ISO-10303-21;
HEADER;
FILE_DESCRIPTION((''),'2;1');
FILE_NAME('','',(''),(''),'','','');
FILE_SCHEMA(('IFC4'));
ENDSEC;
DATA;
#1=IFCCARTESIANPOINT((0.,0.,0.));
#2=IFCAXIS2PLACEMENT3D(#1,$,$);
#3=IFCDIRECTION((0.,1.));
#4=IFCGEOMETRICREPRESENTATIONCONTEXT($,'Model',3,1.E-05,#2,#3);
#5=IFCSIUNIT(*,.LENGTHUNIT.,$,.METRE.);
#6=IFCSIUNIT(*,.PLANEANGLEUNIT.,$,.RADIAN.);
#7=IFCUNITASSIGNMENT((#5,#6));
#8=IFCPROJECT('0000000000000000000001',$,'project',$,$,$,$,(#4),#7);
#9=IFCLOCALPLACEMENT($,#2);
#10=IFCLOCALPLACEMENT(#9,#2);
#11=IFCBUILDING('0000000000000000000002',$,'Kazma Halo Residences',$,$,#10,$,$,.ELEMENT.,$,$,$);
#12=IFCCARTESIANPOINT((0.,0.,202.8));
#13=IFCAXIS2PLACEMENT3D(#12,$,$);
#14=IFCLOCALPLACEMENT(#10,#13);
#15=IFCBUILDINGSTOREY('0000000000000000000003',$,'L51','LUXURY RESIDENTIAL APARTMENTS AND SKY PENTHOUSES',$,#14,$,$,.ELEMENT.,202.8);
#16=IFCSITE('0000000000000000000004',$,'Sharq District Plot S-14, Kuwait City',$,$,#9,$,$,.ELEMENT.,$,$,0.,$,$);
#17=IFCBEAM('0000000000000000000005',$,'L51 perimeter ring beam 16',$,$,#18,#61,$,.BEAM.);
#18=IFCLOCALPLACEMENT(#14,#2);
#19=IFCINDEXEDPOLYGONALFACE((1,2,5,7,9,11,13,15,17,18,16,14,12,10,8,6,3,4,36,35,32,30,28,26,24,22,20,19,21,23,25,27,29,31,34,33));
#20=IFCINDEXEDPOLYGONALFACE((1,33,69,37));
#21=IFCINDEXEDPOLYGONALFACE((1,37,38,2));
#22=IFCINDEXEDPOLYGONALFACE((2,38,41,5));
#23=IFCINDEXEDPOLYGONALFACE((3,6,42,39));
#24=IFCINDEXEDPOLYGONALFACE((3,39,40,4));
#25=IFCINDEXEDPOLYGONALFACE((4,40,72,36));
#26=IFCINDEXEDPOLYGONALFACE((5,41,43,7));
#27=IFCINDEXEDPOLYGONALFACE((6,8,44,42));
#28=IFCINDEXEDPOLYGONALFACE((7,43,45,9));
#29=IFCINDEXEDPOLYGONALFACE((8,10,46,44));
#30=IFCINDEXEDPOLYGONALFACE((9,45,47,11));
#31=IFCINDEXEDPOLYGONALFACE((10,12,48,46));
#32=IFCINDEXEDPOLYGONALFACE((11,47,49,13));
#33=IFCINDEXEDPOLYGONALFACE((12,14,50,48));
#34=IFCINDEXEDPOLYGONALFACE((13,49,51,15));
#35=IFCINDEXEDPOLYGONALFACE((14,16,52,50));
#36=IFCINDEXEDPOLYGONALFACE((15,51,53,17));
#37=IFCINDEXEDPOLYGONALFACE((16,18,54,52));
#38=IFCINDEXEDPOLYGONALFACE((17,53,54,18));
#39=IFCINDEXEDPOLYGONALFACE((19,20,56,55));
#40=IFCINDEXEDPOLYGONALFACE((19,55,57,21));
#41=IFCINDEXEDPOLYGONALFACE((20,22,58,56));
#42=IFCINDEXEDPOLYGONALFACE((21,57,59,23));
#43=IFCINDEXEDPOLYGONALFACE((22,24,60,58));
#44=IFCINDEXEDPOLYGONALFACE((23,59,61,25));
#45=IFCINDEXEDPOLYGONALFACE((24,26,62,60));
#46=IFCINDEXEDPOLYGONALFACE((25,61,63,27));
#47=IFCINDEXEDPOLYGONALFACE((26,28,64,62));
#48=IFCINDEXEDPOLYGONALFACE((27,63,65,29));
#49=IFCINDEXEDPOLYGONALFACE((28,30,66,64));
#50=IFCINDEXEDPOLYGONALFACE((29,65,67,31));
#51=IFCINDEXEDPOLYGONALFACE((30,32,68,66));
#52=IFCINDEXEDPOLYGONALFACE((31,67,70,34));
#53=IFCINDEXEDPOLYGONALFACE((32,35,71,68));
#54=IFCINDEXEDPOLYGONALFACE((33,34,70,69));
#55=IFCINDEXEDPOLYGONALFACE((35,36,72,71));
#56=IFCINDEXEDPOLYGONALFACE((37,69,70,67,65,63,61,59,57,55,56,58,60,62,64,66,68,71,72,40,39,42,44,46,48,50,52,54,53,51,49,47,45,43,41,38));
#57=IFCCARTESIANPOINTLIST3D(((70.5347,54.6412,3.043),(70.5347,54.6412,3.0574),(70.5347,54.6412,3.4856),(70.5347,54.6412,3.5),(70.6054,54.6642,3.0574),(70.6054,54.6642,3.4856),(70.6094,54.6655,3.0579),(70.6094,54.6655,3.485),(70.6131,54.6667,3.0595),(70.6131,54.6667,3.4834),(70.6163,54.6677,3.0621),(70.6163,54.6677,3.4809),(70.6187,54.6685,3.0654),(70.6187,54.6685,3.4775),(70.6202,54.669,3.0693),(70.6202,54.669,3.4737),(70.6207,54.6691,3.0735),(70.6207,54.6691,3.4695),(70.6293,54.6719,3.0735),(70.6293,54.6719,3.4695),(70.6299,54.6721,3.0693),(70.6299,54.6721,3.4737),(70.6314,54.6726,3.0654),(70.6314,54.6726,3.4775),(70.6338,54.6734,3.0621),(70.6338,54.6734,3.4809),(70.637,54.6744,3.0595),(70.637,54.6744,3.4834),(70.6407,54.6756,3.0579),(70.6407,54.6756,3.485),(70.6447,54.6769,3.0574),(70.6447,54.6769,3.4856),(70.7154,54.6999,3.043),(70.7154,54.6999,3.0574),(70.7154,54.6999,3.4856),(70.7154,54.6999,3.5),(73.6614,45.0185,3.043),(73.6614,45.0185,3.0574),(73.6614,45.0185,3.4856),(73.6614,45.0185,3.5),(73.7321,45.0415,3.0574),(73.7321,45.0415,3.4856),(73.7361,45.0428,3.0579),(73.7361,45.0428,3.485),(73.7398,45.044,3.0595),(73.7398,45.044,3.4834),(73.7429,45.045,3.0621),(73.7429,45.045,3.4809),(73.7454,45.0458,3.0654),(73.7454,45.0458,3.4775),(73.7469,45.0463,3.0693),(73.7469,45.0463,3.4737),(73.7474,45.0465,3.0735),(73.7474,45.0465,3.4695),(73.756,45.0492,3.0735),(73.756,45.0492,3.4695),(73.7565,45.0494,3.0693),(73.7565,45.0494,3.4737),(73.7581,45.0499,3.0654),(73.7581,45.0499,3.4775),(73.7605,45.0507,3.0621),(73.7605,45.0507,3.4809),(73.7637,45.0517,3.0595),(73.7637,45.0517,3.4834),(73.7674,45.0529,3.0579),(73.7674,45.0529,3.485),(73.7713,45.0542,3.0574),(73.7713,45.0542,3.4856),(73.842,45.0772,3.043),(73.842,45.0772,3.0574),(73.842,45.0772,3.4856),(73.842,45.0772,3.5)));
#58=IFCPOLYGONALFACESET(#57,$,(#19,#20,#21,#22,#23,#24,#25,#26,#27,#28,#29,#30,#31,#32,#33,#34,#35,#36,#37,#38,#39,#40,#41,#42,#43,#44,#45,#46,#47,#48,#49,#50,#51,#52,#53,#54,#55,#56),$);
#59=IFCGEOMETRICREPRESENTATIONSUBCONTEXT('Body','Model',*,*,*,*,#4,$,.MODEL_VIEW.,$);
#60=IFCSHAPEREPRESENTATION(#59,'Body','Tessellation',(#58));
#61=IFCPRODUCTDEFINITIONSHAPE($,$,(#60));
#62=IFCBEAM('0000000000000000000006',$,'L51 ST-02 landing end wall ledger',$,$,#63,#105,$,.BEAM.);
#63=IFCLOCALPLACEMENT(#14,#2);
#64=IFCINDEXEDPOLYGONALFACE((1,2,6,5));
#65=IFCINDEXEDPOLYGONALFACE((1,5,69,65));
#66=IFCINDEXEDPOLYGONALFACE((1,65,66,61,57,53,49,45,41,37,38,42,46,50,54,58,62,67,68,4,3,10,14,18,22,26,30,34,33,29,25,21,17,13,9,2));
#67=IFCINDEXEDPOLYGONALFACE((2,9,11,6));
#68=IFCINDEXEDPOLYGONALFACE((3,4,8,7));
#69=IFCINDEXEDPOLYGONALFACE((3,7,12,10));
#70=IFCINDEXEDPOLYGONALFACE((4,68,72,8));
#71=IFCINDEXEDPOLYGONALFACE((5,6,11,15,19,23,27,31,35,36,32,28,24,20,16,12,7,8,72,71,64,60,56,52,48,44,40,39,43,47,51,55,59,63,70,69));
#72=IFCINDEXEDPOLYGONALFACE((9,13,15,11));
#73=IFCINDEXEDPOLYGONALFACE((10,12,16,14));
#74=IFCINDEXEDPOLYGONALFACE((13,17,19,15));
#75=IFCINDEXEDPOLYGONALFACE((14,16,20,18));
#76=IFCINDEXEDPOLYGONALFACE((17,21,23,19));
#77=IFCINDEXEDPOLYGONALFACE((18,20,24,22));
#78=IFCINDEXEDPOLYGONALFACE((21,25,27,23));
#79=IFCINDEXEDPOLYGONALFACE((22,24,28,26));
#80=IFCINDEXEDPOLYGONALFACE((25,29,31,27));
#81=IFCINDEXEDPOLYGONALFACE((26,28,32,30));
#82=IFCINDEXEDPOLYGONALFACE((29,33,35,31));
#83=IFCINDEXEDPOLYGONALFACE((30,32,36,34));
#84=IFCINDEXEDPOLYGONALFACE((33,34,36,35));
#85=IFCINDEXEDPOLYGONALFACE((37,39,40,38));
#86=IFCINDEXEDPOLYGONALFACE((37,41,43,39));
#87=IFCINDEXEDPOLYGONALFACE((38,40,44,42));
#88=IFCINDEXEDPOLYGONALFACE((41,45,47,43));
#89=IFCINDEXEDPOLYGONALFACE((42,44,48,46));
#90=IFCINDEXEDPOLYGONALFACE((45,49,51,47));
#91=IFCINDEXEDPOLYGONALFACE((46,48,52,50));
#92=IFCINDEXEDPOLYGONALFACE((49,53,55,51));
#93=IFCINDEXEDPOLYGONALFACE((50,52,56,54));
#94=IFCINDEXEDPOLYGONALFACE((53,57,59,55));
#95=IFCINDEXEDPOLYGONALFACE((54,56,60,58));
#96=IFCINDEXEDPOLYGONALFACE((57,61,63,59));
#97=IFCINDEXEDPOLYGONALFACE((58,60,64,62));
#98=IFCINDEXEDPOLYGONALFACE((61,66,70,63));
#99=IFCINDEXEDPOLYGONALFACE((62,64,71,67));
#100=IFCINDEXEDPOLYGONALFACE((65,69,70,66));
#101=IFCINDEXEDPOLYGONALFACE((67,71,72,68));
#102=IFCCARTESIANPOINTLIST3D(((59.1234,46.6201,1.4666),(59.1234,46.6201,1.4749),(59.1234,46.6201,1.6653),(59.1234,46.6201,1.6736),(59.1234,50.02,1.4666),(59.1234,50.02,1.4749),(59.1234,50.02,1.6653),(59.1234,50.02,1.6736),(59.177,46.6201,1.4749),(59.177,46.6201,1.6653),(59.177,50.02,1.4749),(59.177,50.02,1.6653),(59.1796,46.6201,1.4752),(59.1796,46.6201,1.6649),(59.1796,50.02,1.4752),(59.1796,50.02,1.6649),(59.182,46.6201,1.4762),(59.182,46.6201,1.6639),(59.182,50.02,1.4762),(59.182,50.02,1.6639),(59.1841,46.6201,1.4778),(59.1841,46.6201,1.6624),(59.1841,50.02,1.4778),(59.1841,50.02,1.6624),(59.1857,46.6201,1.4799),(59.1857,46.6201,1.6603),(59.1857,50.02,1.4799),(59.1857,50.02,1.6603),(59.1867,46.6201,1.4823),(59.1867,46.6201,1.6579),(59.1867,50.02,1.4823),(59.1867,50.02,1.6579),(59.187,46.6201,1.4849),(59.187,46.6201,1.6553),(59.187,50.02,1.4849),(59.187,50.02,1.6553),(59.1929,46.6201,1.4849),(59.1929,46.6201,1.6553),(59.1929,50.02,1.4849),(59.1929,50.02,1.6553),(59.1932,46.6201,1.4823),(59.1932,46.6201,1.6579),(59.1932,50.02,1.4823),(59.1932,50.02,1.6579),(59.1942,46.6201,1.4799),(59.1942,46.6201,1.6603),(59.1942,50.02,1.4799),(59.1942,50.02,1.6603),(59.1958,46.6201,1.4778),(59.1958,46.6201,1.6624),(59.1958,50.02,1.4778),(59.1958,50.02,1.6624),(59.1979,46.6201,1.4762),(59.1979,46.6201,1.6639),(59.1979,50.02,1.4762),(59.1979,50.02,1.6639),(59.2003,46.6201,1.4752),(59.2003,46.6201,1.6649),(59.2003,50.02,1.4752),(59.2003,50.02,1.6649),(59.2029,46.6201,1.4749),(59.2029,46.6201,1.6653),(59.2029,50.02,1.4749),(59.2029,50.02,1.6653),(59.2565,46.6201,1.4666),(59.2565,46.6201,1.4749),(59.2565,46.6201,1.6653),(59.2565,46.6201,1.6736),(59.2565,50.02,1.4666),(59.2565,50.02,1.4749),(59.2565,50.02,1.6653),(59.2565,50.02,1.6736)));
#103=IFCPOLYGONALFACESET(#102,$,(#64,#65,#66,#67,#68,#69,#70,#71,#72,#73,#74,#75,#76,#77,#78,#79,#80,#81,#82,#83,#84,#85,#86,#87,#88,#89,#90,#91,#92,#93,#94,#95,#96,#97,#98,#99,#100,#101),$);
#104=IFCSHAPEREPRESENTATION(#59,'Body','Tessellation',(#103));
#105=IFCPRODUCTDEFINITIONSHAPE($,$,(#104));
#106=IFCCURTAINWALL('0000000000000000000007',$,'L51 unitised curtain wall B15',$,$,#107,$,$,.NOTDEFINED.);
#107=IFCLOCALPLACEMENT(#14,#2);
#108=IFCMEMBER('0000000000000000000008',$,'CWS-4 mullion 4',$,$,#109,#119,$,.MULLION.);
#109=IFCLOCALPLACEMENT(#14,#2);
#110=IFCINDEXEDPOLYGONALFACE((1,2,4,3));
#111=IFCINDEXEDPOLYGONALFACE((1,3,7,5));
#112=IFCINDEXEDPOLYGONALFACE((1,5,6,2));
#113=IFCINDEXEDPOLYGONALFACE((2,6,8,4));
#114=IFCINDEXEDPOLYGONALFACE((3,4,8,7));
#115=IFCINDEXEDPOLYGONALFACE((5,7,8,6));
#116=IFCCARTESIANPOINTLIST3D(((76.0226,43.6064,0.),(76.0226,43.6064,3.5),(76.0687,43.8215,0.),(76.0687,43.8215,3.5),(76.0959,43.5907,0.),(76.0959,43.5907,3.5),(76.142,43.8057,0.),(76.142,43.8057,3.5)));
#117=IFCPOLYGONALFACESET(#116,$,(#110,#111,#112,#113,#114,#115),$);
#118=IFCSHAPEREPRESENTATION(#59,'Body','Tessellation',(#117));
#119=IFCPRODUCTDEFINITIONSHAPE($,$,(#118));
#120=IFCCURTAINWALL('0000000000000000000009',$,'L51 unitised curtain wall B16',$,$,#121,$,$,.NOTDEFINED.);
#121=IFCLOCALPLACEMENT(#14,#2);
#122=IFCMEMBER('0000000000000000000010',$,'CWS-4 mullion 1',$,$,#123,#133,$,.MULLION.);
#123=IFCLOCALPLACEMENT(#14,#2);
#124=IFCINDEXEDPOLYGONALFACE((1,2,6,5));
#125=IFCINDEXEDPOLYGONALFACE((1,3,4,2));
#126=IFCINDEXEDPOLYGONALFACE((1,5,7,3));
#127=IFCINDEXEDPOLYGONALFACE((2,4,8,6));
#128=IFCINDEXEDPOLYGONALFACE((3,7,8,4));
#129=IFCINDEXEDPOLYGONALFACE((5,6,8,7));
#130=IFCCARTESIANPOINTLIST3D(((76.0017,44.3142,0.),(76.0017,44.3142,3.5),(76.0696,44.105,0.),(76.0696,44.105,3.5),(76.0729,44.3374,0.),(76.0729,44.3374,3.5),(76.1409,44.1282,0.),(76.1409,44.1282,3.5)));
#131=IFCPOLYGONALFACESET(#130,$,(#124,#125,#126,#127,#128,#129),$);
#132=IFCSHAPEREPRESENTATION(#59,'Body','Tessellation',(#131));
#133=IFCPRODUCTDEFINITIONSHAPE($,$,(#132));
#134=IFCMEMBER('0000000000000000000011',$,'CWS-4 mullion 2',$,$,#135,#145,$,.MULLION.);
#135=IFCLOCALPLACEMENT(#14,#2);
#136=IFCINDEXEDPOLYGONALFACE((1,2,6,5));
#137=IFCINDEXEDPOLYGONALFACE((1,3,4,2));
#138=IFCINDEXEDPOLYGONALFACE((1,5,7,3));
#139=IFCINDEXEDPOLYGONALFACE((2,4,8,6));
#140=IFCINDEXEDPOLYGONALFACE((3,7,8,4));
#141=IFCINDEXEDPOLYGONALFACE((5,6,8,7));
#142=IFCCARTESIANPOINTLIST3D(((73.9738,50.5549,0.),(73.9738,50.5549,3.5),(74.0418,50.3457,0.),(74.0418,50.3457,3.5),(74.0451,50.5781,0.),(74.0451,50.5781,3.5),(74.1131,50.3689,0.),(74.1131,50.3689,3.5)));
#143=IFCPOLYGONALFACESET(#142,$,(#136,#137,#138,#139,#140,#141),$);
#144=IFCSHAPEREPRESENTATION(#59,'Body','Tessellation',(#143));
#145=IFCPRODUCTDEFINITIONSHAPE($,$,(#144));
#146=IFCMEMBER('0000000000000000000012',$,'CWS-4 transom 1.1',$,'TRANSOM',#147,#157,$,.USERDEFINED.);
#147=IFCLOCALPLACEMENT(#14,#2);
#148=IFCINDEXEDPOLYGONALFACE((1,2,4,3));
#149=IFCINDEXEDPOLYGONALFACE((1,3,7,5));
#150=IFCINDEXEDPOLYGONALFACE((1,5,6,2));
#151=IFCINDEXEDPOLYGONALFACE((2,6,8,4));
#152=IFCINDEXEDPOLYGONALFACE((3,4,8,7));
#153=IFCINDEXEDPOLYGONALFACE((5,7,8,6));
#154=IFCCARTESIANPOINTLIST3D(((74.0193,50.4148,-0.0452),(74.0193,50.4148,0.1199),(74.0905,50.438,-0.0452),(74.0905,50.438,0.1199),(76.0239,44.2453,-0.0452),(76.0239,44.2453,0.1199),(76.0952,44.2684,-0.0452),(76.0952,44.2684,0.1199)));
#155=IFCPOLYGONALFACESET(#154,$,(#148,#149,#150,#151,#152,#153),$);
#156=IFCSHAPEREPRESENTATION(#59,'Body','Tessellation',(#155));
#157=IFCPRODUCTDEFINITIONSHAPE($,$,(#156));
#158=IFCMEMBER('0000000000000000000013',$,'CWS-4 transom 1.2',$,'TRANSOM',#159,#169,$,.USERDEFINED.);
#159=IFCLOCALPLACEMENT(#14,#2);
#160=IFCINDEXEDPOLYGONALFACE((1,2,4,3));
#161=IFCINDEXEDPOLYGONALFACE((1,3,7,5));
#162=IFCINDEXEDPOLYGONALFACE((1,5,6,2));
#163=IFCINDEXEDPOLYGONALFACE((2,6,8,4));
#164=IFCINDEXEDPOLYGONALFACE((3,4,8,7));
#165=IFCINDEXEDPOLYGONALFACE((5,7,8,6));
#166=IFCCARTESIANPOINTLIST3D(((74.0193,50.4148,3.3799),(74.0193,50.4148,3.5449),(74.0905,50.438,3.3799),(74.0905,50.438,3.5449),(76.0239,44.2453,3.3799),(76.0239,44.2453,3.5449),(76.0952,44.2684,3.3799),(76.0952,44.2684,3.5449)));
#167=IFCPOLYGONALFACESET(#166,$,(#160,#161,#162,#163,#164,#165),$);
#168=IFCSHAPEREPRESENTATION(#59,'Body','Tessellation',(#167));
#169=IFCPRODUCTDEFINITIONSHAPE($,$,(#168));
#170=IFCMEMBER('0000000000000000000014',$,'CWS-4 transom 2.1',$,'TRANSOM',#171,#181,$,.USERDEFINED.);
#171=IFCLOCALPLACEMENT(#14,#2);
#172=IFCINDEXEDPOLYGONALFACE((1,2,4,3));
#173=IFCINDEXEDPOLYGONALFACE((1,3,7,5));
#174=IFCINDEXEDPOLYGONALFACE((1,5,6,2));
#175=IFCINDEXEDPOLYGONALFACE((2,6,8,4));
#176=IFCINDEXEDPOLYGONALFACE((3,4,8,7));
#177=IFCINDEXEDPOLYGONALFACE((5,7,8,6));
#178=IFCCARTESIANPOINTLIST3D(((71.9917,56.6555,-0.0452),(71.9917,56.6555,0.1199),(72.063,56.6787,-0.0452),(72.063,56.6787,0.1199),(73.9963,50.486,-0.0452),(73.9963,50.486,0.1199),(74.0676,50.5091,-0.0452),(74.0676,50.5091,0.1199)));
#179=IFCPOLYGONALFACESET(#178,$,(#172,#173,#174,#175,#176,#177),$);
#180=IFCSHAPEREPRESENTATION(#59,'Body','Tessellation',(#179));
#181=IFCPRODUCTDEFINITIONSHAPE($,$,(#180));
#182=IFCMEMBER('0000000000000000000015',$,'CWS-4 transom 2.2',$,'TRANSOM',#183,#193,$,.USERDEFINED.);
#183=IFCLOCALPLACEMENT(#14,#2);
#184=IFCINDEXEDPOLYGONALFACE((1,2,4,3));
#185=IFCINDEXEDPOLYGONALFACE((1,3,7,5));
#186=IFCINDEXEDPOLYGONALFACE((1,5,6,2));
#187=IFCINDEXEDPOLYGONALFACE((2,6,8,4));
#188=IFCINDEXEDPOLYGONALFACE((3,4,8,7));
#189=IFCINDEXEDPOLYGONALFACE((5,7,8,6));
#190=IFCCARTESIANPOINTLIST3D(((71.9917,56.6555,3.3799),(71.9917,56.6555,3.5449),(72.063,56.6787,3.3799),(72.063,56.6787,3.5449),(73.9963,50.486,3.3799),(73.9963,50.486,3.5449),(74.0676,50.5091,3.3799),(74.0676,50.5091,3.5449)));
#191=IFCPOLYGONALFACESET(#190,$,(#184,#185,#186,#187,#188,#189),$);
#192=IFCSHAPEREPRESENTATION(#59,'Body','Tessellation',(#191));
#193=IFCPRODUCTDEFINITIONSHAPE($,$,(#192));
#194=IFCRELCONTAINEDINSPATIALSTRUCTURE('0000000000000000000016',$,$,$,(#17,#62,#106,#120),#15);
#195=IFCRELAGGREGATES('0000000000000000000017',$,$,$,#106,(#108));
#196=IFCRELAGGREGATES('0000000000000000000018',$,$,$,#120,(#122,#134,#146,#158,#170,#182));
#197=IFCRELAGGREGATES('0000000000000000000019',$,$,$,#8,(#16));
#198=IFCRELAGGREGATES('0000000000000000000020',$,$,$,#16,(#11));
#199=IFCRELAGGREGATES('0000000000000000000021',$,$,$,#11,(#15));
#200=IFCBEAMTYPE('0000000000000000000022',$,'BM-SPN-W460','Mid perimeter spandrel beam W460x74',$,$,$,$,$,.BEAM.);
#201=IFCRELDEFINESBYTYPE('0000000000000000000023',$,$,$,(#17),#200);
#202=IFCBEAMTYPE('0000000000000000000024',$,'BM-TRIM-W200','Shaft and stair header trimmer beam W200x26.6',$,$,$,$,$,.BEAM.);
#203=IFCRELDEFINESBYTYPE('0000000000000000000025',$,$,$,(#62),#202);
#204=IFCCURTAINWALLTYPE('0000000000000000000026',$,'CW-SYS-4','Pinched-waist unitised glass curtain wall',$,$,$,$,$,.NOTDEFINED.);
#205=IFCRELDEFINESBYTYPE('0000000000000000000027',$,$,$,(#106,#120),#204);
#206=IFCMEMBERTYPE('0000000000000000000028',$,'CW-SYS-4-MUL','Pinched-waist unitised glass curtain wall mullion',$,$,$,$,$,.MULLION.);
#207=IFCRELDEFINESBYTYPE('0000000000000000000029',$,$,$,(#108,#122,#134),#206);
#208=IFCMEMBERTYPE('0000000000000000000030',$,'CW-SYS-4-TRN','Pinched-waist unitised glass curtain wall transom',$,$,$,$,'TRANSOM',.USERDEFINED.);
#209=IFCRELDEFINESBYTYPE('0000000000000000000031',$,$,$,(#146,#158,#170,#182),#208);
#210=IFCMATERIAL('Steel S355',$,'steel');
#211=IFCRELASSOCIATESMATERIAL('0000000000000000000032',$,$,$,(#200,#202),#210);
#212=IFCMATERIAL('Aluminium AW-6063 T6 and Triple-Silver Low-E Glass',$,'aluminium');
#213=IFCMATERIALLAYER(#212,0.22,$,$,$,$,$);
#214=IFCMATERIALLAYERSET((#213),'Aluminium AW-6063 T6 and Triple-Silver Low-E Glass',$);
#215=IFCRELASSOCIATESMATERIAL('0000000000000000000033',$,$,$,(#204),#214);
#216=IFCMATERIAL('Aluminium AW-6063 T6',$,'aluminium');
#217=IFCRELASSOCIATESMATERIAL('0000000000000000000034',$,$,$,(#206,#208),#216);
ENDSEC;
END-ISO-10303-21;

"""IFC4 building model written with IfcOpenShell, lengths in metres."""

from ifc_helpers import new_model, si_unit, direction, frame, origin, origin_2d, place, context, subcontext, project, spatial, rectangle, i_section, extrude, material, layer, layer_set, material_profile, profile_set, type_object, element, aggregate, save


model = new_model("IFC4")

# Units and contexts
model_context = context("Model", 3, precision=1e-05, world=origin(), true_north=direction((0.0, 1.0)))
body_context = subcontext(model_context, "Body", "Model", "MODEL_VIEW")
ifc_project = project(units=[si_unit("LENGTHUNIT", "METRE"), si_unit("PLANEANGLEUNIT", "RADIAN")], contexts=[model_context])

# Site, building, storey
site_placement = place(None, origin())
site = spatial("IfcSite", under=ifc_project, at=site_placement, Name="Sharq District Plot S-14, Kuwait City", CompositionType="ELEMENT", RefElevation=0.0)
building_placement = place(site_placement, origin())
building = spatial("IfcBuilding", under=site, at=building_placement, Name="Kazma Halo Residences", CompositionType="ELEMENT")
storey_placement = place(building_placement, frame((0.0, 0.0, 202.8)))
storey = spatial("IfcBuildingStorey", under=building, at=storey_placement, Name="L51", Description="LUXURY RESIDENTIAL APARTMENTS AND SKY PENTHOUSES", CompositionType="ELEMENT", Elevation=202.8)

# Beams
ifc_material_1 = material(Name="Steel S355", Category="steel")
ifc_material_profile_1 = material_profile(ifc_material_1, i_section(OverallWidth=0.1899, OverallDepth=0.457, WebThickness=0.009, FlangeThickness=0.0144, FilletRadius=0.0161, at=origin_2d()), Name="W460x74")
ifc_profile_set_1 = profile_set([ifc_material_profile_1], Name="Steel S355")
beam_type_1 = type_object("IfcBeamType", Name="BM-SPN-W460", Description="Mid perimeter spandrel beam W460x74", PredefinedType="BEAM", material=ifc_profile_set_1)
beam_1_placement = place(storey_placement, frame((73.7517, 45.0479, 3.2715), z_axis=(-0.309023, 0.951054, 0.0), x_axis=(-0.951054, -0.309023, 0.0)))
element("IfcBeam", 1, at=beam_1_placement, inside=storey, type_object=beam_type_1, Name="L51 perimeter ring beam 16", PredefinedType="BEAM", context=body_context, shape_type="SweptSolid", body=[
    extrude(i_section(OverallWidth=0.1899, OverallDepth=0.457, WebThickness=0.009, FlangeThickness=0.0144, FilletRadius=0.0161, at=origin_2d()), origin(), (0.0, 0.0, 1.0), 10.1179),
])
ifc_material_profile_2 = material_profile(ifc_material_1, i_section(OverallWidth=0.1331, OverallDepth=0.207, WebThickness=0.0059, FlangeThickness=0.0083, FilletRadius=0.01, at=origin_2d()), Name="W200x26.6")
ifc_profile_set_2 = profile_set([ifc_material_profile_2], Name="Steel S355")
beam_type_2 = type_object("IfcBeamType", Name="BM-TRIM-W200", Description="Shaft and stair header trimmer beam W200x26.6", PredefinedType="BEAM", material=ifc_profile_set_2)
beam_2_placement = place(storey_placement, frame((59.1899, 46.6201, 1.5701), z_axis=(0.0, 1.0, 0.0), x_axis=(-1.0, 0.0, 0.0)))
element("IfcBeam", 2, at=beam_2_placement, inside=storey, type_object=beam_type_2, Name="L51 ST-02 landing end wall ledger", PredefinedType="BEAM", context=body_context, shape_type="SweptSolid", body=[
    extrude(i_section(OverallWidth=0.1331, OverallDepth=0.207, WebThickness=0.0059, FlangeThickness=0.0083, FilletRadius=0.01, at=origin_2d()), origin(), (0.0, 0.0, 1.0), 3.3999),
])

# Curtain wall, member
ifc_material_2 = material(Name="Aluminium AW-6063 T6 and Triple-Silver Low-E Glass", Category="aluminium")
ifc_layer_1 = layer(ifc_material_2, 0.22)
ifc_layer_set_1 = layer_set([ifc_layer_1], Name="Aluminium AW-6063 T6 and Triple-Silver Low-E Glass")
curtain_wall_type = type_object("IfcCurtainWallType", Name="CW-SYS-4", Description="Pinched-waist unitised glass curtain wall", PredefinedType="NOTDEFINED", material=ifc_layer_set_1)
curtain_wall_1_placement = place(storey_placement, origin())
curtain_wall_1 = element("IfcCurtainWall", 3, at=curtain_wall_1_placement, inside=storey, type_object=curtain_wall_type, Name="L51 unitised curtain wall B15", PredefinedType="NOTDEFINED")
ifc_material_3 = material(Name="Aluminium AW-6063 T6", Category="aluminium")
ifc_material_profile_3 = material_profile(ifc_material_3, rectangle(XDim=0.075, YDim=0.22, at=origin_2d()), Name="CWM-75x220")
ifc_profile_set_3 = profile_set([ifc_material_profile_3], Name="Aluminium AW-6063 T6")
member_type_1 = type_object("IfcMemberType", Name="CW-SYS-4-MUL", Description="Pinched-waist unitised glass curtain wall mullion", PredefinedType="MULLION", material=ifc_profile_set_3)
member_1_placement = place(storey_placement, frame((76.0823, 43.7061, 0.0), z_axis=(0.0, 0.0, 1.0), x_axis=(-0.977768, 0.20969, 0.0)))
member_1 = element("IfcMember", 4, at=member_1_placement, type_object=member_type_1, Name="CWS-4 mullion 4", PredefinedType="MULLION", context=body_context, shape_type="SweptSolid", body=[
    extrude(rectangle(XDim=0.075, YDim=0.22, at=origin_2d()), origin(), (0.0, 0.0, 1.0), 3.5),
])
aggregate(curtain_wall_1, [member_1])

# Curtain wall, members
curtain_wall_2_placement = place(storey_placement, origin())
curtain_wall_2 = element("IfcCurtainWall", 5, at=curtain_wall_2_placement, inside=storey, type_object=curtain_wall_type, Name="L51 unitised curtain wall B16", PredefinedType="NOTDEFINED")
member_2_placement = place(storey_placement, frame((76.0713, 44.2212, 0.0), z_axis=(0.0, 0.0, 1.0), x_axis=(-0.951057, -0.309016, 0.0)))
member_2 = element("IfcMember", 6, at=member_2_placement, type_object=member_type_1, Name="CWS-4 mullion 1", PredefinedType="MULLION", context=body_context, shape_type="SweptSolid", body=[
    extrude(rectangle(XDim=0.075, YDim=0.22, at=origin_2d()), origin(), (0.0, 0.0, 1.0), 3.5),
])
member_3_placement = place(storey_placement, frame((74.0435, 50.4619, 0.0), z_axis=(0.0, 0.0, 1.0), x_axis=(-0.951057, -0.309016, 0.0)))
member_3 = element("IfcMember", 7, at=member_3_placement, type_object=member_type_1, Name="CWS-4 mullion 2", PredefinedType="MULLION", context=body_context, shape_type="SweptSolid", body=[
    extrude(rectangle(XDim=0.075, YDim=0.22, at=origin_2d()), origin(), (0.0, 0.0, 1.0), 3.5),
])
ifc_material_profile_4 = material_profile(ifc_material_3, rectangle(XDim=0.075, YDim=0.165, at=origin_2d()), Name="CWT-75x165")
ifc_profile_set_4 = profile_set([ifc_material_profile_4], Name="Aluminium AW-6063 T6")
member_type_2 = type_object("IfcMemberType", Name="CW-SYS-4-TRN", Description="Pinched-waist unitised glass curtain wall transom", ElementType="TRANSOM", PredefinedType="USERDEFINED", material=ifc_profile_set_4)
member_4_placement = place(storey_placement, frame((76.0596, 44.2568, 0.0374), z_axis=(-0.309027, 0.951053, 0.0), x_axis=(-0.951053, -0.309027, 0.0)))
member_4 = element("IfcMember", 8, at=member_4_placement, type_object=member_type_2, Name="CWS-4 transom 1.1", ObjectType="TRANSOM", PredefinedType="USERDEFINED", context=body_context, shape_type="SweptSolid", body=[
    extrude(rectangle(XDim=0.075, YDim=0.165, at=origin_2d()), origin(), (0.0, 0.0, 1.0), 6.4871),
])
member_5_placement = place(storey_placement, frame((76.0596, 44.2568, 3.4624), z_axis=(-0.309027, 0.951053, 0.0), x_axis=(-0.951053, -0.309027, 0.0)))
member_5 = element("IfcMember", 9, at=member_5_placement, type_object=member_type_2, Name="CWS-4 transom 1.2", ObjectType="TRANSOM", PredefinedType="USERDEFINED", context=body_context, shape_type="SweptSolid", body=[
    extrude(rectangle(XDim=0.075, YDim=0.165, at=origin_2d()), origin(), (0.0, 0.0, 1.0), 6.4871),
])
member_6_placement = place(storey_placement, frame((74.032, 50.4976, 0.0374), z_axis=(-0.309015, 0.951057, 0.0), x_axis=(-0.951057, -0.309015, 0.0)))
member_6 = element("IfcMember", 10, at=member_6_placement, type_object=member_type_2, Name="CWS-4 transom 2.1", ObjectType="TRANSOM", PredefinedType="USERDEFINED", context=body_context, shape_type="SweptSolid", body=[
    extrude(rectangle(XDim=0.075, YDim=0.165, at=origin_2d()), origin(), (0.0, 0.0, 1.0), 6.4871),
])
member_7_placement = place(storey_placement, frame((74.032, 50.4976, 3.4624), z_axis=(-0.309015, 0.951057, 0.0), x_axis=(-0.951057, -0.309015, 0.0)))
member_7 = element("IfcMember", 11, at=member_7_placement, type_object=member_type_2, Name="CWS-4 transom 2.2", ObjectType="TRANSOM", PredefinedType="USERDEFINED", context=body_context, shape_type="SweptSolid", body=[
    extrude(rectangle(XDim=0.075, YDim=0.165, at=origin_2d()), origin(), (0.0, 0.0, 1.0), 6.4871),
])
aggregate(curtain_wall_2, [member_2, member_3, member_4, member_5, member_6, member_7])

save(model, "model.ifc")
